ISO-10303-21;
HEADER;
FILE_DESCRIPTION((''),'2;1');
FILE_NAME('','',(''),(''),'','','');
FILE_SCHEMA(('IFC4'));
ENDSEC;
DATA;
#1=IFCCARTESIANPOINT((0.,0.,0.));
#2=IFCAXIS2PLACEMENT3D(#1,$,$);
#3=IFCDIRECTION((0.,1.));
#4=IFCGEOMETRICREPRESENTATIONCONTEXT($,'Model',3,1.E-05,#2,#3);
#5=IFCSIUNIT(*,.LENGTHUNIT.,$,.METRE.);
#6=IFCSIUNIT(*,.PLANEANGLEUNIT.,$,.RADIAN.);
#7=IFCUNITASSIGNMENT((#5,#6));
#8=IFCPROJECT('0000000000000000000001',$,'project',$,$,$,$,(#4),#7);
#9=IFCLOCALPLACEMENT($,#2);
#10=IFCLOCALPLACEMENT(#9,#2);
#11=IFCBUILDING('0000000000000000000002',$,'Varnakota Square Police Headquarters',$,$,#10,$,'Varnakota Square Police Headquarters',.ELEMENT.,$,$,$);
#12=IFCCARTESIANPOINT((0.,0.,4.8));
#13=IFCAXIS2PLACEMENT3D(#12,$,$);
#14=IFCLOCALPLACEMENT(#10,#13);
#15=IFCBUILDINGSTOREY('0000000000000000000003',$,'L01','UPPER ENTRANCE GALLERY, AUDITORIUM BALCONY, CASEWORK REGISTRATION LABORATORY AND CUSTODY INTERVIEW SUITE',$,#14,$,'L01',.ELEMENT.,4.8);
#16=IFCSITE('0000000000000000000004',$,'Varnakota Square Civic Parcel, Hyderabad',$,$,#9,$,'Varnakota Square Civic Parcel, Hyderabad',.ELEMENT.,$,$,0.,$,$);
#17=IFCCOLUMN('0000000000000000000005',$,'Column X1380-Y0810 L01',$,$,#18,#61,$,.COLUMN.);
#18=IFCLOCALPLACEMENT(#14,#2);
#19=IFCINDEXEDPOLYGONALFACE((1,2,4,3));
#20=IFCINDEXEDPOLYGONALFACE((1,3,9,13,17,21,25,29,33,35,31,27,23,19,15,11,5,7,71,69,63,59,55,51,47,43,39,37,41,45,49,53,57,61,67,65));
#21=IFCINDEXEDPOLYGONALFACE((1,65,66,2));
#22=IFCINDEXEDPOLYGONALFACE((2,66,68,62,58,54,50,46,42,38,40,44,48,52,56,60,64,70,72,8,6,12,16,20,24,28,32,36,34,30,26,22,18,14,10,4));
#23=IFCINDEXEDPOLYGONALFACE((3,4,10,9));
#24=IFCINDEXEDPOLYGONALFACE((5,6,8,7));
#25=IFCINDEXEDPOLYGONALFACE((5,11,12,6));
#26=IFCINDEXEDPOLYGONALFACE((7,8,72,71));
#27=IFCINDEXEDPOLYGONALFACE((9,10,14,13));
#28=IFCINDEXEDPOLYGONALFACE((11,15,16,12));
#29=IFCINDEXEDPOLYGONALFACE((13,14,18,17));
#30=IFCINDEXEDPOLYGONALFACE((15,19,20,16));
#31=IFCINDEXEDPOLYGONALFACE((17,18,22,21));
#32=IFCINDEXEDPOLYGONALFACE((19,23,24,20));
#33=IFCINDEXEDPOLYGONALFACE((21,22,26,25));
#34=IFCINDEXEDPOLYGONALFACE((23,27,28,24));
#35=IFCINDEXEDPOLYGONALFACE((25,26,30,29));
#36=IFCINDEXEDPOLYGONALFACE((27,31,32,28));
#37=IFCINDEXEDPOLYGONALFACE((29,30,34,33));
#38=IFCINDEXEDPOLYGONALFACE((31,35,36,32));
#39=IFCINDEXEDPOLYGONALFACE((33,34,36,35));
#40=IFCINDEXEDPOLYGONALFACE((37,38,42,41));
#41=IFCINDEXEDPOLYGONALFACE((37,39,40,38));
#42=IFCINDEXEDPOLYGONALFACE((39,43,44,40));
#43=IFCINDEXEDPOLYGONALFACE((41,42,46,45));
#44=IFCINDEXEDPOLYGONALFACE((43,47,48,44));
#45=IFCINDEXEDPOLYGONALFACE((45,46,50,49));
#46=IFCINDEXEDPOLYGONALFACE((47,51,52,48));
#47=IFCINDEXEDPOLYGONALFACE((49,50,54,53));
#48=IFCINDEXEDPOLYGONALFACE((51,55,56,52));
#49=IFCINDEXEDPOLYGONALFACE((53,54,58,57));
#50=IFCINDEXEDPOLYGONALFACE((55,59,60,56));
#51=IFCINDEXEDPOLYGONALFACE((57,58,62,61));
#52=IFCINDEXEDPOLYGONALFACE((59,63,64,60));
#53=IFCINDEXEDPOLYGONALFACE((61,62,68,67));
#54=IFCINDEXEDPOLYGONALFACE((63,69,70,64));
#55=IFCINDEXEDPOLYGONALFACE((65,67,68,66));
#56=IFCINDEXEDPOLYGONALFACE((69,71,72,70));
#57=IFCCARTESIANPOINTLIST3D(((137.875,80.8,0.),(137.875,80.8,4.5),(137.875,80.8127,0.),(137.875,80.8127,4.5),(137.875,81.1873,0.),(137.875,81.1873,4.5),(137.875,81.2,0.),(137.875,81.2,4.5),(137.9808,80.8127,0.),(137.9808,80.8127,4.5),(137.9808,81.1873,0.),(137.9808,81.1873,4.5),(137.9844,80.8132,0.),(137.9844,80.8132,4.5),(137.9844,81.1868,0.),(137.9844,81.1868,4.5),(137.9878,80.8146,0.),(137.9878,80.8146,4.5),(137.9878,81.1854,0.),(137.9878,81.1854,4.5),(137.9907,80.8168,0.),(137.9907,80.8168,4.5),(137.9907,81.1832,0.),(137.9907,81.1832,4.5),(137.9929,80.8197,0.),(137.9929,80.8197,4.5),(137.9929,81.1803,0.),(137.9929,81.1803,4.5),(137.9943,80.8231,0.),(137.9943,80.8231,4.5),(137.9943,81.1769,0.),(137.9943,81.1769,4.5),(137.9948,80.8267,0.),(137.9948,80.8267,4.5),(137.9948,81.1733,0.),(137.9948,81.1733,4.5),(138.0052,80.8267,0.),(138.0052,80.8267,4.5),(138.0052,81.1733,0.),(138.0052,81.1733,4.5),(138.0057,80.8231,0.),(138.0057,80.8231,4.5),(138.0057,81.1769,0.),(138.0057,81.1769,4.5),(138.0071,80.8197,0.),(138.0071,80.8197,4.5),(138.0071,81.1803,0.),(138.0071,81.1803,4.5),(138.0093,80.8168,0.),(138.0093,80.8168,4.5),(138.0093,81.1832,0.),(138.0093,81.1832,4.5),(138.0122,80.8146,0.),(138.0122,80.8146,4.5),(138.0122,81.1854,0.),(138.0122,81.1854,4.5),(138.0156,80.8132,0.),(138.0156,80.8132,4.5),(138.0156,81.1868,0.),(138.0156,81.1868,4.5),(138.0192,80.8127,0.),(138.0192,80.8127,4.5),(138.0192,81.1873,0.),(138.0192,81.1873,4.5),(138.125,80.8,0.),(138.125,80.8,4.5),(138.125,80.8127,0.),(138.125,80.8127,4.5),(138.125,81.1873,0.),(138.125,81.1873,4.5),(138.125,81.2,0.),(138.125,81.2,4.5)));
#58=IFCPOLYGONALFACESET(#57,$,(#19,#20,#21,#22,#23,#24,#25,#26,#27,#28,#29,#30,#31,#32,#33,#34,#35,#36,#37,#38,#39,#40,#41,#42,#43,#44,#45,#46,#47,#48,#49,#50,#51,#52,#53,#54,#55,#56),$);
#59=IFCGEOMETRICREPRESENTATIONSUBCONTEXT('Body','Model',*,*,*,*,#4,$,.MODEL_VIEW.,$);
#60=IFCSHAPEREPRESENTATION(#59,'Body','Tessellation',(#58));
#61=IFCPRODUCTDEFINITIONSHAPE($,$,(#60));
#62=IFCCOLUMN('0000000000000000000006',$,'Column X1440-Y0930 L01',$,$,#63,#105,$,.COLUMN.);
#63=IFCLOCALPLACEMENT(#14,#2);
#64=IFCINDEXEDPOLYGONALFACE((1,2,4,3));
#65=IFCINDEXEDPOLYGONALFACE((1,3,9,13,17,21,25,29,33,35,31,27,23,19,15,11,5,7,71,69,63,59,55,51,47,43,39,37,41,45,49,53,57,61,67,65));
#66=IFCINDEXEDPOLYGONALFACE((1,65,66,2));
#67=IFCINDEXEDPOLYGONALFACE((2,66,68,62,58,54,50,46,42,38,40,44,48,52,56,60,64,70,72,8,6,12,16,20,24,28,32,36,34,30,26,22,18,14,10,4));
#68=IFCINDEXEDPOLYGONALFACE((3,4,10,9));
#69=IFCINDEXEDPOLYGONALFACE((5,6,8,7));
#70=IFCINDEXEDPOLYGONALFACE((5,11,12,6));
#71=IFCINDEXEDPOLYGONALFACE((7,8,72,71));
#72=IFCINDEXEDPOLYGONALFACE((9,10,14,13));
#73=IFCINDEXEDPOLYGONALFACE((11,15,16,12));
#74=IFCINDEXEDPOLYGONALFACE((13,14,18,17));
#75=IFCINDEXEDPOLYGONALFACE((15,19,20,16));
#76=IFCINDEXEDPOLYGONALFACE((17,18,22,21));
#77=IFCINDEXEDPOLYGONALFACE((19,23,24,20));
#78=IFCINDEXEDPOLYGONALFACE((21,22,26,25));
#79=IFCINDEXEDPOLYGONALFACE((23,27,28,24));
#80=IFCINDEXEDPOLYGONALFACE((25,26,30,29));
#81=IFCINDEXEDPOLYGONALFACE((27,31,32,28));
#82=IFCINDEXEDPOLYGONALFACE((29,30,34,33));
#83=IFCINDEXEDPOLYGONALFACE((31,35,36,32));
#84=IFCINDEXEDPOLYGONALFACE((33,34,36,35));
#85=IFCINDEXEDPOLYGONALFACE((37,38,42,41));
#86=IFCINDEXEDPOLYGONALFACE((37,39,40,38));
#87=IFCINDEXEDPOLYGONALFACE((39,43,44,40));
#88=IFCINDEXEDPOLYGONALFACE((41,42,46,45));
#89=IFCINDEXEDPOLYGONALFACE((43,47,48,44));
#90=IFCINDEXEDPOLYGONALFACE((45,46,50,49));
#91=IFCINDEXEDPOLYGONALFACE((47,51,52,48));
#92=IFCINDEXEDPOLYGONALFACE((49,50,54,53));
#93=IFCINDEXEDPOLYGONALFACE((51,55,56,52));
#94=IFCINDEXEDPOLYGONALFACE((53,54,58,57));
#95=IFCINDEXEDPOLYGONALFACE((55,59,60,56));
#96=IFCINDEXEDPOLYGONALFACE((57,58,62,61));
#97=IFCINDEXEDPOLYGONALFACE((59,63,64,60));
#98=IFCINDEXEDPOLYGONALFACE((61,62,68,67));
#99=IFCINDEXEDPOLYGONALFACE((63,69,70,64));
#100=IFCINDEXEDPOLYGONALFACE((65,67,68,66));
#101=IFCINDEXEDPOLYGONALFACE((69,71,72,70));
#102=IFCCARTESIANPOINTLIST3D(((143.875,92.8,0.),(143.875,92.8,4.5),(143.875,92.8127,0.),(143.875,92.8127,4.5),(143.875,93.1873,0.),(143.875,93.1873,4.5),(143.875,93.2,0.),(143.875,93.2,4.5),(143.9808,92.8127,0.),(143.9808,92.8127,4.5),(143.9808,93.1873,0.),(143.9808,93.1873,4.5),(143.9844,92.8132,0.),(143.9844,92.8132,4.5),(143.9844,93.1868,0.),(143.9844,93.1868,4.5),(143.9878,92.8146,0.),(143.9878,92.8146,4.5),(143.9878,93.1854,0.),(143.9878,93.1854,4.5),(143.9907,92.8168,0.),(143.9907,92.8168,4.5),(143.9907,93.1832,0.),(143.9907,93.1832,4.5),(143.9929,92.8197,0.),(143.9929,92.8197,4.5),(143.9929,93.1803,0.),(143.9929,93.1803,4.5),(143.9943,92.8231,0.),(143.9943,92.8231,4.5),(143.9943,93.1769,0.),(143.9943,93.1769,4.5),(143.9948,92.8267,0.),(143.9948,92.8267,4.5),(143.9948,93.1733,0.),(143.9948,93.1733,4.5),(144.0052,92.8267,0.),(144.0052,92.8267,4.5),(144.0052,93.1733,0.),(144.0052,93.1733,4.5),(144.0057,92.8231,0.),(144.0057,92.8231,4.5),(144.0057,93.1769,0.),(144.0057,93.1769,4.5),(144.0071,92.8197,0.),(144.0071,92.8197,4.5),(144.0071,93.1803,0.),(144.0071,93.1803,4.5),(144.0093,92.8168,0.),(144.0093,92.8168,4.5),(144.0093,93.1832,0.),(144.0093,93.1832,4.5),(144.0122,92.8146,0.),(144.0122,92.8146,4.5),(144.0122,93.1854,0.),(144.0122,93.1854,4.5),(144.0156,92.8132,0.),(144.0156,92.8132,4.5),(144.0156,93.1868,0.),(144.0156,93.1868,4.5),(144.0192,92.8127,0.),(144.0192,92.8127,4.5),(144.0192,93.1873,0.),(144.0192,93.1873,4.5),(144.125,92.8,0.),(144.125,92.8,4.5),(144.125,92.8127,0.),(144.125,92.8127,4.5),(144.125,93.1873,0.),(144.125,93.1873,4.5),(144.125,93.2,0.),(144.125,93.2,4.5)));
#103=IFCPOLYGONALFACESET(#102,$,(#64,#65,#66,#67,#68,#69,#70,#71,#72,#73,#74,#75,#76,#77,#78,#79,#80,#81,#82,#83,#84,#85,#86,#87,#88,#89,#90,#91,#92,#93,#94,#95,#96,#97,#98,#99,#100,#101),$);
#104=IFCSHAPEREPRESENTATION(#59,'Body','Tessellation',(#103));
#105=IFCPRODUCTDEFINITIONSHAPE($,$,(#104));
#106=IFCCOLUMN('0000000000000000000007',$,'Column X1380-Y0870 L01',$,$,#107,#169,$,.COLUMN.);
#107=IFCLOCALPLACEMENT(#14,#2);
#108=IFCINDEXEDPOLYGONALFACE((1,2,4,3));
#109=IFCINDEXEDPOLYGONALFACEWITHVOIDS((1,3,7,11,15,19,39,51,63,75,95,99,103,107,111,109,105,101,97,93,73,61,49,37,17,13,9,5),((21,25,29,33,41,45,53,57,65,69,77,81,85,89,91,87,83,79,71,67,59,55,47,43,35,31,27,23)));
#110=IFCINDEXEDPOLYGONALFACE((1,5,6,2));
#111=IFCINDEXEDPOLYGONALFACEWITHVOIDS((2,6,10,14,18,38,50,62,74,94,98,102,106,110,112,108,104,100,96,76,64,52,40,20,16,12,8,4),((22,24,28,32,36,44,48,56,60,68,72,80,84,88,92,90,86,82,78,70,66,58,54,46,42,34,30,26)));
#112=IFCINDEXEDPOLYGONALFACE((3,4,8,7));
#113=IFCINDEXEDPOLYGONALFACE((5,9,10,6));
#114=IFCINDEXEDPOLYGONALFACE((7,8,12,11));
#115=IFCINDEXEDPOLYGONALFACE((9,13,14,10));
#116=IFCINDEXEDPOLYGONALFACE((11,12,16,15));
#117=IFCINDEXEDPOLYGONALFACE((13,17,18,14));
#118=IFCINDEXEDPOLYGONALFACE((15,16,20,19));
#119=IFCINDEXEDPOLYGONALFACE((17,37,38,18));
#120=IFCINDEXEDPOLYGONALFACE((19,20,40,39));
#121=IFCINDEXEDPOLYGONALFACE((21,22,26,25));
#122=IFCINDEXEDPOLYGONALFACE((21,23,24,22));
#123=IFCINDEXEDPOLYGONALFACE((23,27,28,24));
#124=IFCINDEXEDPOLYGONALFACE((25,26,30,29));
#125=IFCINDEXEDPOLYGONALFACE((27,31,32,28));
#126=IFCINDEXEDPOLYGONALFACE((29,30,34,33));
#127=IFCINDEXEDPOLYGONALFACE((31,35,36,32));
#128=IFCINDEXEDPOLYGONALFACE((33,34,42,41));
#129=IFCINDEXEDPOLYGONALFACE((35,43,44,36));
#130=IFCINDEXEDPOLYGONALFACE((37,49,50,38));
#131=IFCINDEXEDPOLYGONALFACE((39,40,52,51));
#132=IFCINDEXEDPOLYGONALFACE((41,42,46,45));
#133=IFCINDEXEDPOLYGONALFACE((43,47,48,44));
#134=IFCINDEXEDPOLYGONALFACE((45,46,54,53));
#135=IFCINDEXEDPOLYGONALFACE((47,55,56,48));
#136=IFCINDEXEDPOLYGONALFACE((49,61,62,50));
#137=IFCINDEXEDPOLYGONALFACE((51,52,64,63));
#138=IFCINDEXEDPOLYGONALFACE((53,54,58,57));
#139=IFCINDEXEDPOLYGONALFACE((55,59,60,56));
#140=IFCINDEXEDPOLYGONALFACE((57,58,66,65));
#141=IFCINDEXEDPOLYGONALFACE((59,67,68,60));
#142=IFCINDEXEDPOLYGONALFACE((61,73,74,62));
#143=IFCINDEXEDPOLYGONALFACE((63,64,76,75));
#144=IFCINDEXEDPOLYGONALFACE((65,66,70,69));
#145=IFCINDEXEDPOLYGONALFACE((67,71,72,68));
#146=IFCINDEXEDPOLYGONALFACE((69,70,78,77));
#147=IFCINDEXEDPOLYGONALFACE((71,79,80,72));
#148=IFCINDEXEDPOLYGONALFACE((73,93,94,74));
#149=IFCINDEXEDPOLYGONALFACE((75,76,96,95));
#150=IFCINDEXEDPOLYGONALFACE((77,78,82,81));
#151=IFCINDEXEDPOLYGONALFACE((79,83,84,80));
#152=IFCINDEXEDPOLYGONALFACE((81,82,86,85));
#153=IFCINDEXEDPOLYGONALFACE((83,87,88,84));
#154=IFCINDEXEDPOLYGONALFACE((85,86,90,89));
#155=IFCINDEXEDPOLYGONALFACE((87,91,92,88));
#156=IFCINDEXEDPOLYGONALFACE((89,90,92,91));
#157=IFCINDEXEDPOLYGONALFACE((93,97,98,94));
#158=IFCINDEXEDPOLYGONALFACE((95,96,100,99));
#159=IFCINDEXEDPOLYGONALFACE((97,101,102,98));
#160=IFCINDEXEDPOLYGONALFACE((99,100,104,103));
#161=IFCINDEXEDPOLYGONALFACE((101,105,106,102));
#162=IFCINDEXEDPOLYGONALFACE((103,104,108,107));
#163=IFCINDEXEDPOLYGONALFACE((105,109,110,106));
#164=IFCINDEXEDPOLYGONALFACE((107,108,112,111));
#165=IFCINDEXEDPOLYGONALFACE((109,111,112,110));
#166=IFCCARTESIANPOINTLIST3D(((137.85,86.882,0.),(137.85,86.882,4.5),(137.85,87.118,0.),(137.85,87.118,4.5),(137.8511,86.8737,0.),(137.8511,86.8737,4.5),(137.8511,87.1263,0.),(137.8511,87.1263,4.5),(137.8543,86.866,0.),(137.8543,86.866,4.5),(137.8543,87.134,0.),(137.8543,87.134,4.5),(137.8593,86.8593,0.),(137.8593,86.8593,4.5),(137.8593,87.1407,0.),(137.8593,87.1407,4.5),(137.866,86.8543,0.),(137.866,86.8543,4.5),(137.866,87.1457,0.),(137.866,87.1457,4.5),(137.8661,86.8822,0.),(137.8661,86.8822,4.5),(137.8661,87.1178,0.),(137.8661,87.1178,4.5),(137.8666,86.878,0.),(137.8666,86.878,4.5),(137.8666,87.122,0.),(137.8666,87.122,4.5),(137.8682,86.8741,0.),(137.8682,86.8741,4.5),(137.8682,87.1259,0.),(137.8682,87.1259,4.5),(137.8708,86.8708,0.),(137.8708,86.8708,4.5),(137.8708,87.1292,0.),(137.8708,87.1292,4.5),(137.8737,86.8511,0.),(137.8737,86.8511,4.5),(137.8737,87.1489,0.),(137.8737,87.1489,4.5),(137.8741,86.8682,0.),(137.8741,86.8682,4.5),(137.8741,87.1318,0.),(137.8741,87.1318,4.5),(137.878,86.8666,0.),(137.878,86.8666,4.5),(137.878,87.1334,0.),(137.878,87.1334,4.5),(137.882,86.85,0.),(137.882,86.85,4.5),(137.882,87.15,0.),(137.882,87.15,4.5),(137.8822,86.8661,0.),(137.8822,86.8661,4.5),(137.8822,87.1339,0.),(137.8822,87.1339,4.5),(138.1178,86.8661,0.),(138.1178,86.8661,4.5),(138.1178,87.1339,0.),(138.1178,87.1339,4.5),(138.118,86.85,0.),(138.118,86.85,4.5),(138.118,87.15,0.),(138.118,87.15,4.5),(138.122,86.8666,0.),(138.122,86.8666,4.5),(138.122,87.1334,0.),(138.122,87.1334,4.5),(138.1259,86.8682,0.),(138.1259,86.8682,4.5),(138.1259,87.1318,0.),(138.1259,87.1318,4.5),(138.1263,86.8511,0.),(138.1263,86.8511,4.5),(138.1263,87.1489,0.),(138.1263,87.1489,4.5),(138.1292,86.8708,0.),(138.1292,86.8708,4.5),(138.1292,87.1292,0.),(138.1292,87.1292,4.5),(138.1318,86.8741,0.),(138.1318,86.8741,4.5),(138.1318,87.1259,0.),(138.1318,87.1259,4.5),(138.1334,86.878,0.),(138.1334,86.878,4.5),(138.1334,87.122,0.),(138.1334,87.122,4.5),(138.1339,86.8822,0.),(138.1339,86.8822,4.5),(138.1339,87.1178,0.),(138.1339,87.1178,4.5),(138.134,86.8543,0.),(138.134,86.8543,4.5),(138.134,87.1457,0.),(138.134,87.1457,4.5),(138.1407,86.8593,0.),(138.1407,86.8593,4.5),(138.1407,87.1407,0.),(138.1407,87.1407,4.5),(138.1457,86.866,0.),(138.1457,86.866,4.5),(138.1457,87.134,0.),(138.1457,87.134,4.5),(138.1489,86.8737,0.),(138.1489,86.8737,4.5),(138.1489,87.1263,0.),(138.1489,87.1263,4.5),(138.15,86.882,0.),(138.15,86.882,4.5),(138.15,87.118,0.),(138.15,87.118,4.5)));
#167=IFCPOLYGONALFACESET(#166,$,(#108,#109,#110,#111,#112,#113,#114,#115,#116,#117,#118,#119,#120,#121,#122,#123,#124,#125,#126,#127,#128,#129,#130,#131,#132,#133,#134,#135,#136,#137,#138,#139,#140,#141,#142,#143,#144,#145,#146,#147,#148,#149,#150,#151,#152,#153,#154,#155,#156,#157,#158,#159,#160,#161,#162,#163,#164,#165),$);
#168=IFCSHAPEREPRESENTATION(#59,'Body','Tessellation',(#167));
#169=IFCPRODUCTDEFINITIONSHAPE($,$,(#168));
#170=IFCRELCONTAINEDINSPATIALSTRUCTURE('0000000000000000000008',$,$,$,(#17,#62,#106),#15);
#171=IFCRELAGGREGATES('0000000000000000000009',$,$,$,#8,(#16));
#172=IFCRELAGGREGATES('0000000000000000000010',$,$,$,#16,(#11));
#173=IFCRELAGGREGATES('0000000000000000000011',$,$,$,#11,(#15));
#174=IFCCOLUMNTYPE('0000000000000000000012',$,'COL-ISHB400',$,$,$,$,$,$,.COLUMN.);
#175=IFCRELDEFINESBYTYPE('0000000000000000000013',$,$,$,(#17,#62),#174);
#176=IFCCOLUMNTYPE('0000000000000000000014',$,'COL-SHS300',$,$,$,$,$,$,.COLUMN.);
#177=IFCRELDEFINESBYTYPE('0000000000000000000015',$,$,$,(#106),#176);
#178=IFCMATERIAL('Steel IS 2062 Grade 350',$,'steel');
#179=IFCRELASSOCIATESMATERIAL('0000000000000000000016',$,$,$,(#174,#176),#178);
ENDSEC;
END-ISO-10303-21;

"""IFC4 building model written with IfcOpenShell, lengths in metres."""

from ifc_helpers import new_model, si_unit, direction, frame, origin, origin_2d, place, context, subcontext, project, spatial, hollow_rectangle, i_section, extrude, material, material_profile, profile_set, type_object, element, save


model = new_model("IFC4")

# Units and contexts
model_context = context("Model", 3, precision=1e-05, world=origin(), true_north=direction((0.0, 1.0)))
body_context = subcontext(model_context, "Body", "Model", "MODEL_VIEW")
ifc_project = project(units=[si_unit("LENGTHUNIT", "METRE"), si_unit("PLANEANGLEUNIT", "RADIAN")], contexts=[model_context])

# Site, building, storey
site_placement = place(None, origin())
site = spatial("IfcSite", under=ifc_project, at=site_placement, Name="Varnakota Square Civic Parcel, Hyderabad", LongName="Varnakota Square Civic Parcel, Hyderabad", CompositionType="ELEMENT", RefElevation=0.0)
building_placement = place(site_placement, origin())
building = spatial("IfcBuilding", under=site, at=building_placement, Name="Varnakota Square Police Headquarters", LongName="Varnakota Square Police Headquarters", CompositionType="ELEMENT")
storey_placement = place(building_placement, frame((0.0, 0.0, 4.8)))
storey = spatial("IfcBuildingStorey", under=building, at=storey_placement, Name="L01", Description="UPPER ENTRANCE GALLERY, AUDITORIUM BALCONY, CASEWORK REGISTRATION LABORATORY AND CUSTODY INTERVIEW SUITE", LongName="L01", CompositionType="ELEMENT", Elevation=4.8)

# Columns
ifc_material = material(Name="Steel IS 2062 Grade 350", Category="steel")
ifc_material_profile_1 = material_profile(ifc_material, i_section(OverallWidth=0.25, OverallDepth=0.3999, WebThickness=0.0105, FlangeThickness=0.0127, FilletRadius=0.0139, at=origin_2d()), Name="ISHB 400")
ifc_profile_set_1 = profile_set([ifc_material_profile_1], Name="Steel IS 2062 Grade 350")
column_type_1 = type_object("IfcColumnType", Name="COL-ISHB400", PredefinedType="COLUMN", material=ifc_profile_set_1)
for number, where, z_axis, x_axis, name in (
    (1, (138.0, 81.0, 0.0), (0.0, 0.0, 1.0), (1.0, 0.0, 0.0), "Column X1380-Y0810 L01"),
    (2, (144.0, 93.0, 0.0), (0.0, 0.0, 1.0), (1.0, 0.0, 0.0), "Column X1440-Y0930 L01"),
):
    element("IfcColumn", number, at=place(storey_placement, frame(where, z_axis=z_axis, x_axis=x_axis)), inside=storey, type_object=column_type_1, Name=name, PredefinedType="COLUMN", context=body_context, shape_type="SweptSolid", body=[
        extrude(i_section(OverallWidth=0.25, OverallDepth=0.3999, WebThickness=0.0105, FlangeThickness=0.0127, FilletRadius=0.0139, at=origin_2d()), origin(), (0.0, 0.0, 1.0), 4.5),
    ])
ifc_material_profile_2 = material_profile(ifc_material, hollow_rectangle(XDim=0.3, YDim=0.3, WallThickness=0.0161, InnerFilletRadius=0.0161, OuterFilletRadius=0.032, at=origin_2d()), Name="SHS 300x300x16")
ifc_profile_set_2 = profile_set([ifc_material_profile_2], Name="Steel IS 2062 Grade 350")
column_type_2 = type_object("IfcColumnType", Name="COL-SHS300", PredefinedType="COLUMN", material=ifc_profile_set_2)
for number, where, z_axis, x_axis, name in (
    (3, (138.0, 87.0, 0.0), (0.0, 0.0, 1.0), (1.0, 0.0, 0.0), "Column X1380-Y0870 L01"),
):
    element("IfcColumn", number, at=place(storey_placement, frame(where, z_axis=z_axis, x_axis=x_axis)), inside=storey, type_object=column_type_2, Name=name, PredefinedType="COLUMN", context=body_context, shape_type="SweptSolid", body=[
        extrude(hollow_rectangle(XDim=0.3, YDim=0.3, WallThickness=0.0161, InnerFilletRadius=0.0161, OuterFilletRadius=0.032, at=origin_2d()), origin(), (0.0, 0.0, 1.0), 4.5),
    ])

save(model, "model.ifc")
